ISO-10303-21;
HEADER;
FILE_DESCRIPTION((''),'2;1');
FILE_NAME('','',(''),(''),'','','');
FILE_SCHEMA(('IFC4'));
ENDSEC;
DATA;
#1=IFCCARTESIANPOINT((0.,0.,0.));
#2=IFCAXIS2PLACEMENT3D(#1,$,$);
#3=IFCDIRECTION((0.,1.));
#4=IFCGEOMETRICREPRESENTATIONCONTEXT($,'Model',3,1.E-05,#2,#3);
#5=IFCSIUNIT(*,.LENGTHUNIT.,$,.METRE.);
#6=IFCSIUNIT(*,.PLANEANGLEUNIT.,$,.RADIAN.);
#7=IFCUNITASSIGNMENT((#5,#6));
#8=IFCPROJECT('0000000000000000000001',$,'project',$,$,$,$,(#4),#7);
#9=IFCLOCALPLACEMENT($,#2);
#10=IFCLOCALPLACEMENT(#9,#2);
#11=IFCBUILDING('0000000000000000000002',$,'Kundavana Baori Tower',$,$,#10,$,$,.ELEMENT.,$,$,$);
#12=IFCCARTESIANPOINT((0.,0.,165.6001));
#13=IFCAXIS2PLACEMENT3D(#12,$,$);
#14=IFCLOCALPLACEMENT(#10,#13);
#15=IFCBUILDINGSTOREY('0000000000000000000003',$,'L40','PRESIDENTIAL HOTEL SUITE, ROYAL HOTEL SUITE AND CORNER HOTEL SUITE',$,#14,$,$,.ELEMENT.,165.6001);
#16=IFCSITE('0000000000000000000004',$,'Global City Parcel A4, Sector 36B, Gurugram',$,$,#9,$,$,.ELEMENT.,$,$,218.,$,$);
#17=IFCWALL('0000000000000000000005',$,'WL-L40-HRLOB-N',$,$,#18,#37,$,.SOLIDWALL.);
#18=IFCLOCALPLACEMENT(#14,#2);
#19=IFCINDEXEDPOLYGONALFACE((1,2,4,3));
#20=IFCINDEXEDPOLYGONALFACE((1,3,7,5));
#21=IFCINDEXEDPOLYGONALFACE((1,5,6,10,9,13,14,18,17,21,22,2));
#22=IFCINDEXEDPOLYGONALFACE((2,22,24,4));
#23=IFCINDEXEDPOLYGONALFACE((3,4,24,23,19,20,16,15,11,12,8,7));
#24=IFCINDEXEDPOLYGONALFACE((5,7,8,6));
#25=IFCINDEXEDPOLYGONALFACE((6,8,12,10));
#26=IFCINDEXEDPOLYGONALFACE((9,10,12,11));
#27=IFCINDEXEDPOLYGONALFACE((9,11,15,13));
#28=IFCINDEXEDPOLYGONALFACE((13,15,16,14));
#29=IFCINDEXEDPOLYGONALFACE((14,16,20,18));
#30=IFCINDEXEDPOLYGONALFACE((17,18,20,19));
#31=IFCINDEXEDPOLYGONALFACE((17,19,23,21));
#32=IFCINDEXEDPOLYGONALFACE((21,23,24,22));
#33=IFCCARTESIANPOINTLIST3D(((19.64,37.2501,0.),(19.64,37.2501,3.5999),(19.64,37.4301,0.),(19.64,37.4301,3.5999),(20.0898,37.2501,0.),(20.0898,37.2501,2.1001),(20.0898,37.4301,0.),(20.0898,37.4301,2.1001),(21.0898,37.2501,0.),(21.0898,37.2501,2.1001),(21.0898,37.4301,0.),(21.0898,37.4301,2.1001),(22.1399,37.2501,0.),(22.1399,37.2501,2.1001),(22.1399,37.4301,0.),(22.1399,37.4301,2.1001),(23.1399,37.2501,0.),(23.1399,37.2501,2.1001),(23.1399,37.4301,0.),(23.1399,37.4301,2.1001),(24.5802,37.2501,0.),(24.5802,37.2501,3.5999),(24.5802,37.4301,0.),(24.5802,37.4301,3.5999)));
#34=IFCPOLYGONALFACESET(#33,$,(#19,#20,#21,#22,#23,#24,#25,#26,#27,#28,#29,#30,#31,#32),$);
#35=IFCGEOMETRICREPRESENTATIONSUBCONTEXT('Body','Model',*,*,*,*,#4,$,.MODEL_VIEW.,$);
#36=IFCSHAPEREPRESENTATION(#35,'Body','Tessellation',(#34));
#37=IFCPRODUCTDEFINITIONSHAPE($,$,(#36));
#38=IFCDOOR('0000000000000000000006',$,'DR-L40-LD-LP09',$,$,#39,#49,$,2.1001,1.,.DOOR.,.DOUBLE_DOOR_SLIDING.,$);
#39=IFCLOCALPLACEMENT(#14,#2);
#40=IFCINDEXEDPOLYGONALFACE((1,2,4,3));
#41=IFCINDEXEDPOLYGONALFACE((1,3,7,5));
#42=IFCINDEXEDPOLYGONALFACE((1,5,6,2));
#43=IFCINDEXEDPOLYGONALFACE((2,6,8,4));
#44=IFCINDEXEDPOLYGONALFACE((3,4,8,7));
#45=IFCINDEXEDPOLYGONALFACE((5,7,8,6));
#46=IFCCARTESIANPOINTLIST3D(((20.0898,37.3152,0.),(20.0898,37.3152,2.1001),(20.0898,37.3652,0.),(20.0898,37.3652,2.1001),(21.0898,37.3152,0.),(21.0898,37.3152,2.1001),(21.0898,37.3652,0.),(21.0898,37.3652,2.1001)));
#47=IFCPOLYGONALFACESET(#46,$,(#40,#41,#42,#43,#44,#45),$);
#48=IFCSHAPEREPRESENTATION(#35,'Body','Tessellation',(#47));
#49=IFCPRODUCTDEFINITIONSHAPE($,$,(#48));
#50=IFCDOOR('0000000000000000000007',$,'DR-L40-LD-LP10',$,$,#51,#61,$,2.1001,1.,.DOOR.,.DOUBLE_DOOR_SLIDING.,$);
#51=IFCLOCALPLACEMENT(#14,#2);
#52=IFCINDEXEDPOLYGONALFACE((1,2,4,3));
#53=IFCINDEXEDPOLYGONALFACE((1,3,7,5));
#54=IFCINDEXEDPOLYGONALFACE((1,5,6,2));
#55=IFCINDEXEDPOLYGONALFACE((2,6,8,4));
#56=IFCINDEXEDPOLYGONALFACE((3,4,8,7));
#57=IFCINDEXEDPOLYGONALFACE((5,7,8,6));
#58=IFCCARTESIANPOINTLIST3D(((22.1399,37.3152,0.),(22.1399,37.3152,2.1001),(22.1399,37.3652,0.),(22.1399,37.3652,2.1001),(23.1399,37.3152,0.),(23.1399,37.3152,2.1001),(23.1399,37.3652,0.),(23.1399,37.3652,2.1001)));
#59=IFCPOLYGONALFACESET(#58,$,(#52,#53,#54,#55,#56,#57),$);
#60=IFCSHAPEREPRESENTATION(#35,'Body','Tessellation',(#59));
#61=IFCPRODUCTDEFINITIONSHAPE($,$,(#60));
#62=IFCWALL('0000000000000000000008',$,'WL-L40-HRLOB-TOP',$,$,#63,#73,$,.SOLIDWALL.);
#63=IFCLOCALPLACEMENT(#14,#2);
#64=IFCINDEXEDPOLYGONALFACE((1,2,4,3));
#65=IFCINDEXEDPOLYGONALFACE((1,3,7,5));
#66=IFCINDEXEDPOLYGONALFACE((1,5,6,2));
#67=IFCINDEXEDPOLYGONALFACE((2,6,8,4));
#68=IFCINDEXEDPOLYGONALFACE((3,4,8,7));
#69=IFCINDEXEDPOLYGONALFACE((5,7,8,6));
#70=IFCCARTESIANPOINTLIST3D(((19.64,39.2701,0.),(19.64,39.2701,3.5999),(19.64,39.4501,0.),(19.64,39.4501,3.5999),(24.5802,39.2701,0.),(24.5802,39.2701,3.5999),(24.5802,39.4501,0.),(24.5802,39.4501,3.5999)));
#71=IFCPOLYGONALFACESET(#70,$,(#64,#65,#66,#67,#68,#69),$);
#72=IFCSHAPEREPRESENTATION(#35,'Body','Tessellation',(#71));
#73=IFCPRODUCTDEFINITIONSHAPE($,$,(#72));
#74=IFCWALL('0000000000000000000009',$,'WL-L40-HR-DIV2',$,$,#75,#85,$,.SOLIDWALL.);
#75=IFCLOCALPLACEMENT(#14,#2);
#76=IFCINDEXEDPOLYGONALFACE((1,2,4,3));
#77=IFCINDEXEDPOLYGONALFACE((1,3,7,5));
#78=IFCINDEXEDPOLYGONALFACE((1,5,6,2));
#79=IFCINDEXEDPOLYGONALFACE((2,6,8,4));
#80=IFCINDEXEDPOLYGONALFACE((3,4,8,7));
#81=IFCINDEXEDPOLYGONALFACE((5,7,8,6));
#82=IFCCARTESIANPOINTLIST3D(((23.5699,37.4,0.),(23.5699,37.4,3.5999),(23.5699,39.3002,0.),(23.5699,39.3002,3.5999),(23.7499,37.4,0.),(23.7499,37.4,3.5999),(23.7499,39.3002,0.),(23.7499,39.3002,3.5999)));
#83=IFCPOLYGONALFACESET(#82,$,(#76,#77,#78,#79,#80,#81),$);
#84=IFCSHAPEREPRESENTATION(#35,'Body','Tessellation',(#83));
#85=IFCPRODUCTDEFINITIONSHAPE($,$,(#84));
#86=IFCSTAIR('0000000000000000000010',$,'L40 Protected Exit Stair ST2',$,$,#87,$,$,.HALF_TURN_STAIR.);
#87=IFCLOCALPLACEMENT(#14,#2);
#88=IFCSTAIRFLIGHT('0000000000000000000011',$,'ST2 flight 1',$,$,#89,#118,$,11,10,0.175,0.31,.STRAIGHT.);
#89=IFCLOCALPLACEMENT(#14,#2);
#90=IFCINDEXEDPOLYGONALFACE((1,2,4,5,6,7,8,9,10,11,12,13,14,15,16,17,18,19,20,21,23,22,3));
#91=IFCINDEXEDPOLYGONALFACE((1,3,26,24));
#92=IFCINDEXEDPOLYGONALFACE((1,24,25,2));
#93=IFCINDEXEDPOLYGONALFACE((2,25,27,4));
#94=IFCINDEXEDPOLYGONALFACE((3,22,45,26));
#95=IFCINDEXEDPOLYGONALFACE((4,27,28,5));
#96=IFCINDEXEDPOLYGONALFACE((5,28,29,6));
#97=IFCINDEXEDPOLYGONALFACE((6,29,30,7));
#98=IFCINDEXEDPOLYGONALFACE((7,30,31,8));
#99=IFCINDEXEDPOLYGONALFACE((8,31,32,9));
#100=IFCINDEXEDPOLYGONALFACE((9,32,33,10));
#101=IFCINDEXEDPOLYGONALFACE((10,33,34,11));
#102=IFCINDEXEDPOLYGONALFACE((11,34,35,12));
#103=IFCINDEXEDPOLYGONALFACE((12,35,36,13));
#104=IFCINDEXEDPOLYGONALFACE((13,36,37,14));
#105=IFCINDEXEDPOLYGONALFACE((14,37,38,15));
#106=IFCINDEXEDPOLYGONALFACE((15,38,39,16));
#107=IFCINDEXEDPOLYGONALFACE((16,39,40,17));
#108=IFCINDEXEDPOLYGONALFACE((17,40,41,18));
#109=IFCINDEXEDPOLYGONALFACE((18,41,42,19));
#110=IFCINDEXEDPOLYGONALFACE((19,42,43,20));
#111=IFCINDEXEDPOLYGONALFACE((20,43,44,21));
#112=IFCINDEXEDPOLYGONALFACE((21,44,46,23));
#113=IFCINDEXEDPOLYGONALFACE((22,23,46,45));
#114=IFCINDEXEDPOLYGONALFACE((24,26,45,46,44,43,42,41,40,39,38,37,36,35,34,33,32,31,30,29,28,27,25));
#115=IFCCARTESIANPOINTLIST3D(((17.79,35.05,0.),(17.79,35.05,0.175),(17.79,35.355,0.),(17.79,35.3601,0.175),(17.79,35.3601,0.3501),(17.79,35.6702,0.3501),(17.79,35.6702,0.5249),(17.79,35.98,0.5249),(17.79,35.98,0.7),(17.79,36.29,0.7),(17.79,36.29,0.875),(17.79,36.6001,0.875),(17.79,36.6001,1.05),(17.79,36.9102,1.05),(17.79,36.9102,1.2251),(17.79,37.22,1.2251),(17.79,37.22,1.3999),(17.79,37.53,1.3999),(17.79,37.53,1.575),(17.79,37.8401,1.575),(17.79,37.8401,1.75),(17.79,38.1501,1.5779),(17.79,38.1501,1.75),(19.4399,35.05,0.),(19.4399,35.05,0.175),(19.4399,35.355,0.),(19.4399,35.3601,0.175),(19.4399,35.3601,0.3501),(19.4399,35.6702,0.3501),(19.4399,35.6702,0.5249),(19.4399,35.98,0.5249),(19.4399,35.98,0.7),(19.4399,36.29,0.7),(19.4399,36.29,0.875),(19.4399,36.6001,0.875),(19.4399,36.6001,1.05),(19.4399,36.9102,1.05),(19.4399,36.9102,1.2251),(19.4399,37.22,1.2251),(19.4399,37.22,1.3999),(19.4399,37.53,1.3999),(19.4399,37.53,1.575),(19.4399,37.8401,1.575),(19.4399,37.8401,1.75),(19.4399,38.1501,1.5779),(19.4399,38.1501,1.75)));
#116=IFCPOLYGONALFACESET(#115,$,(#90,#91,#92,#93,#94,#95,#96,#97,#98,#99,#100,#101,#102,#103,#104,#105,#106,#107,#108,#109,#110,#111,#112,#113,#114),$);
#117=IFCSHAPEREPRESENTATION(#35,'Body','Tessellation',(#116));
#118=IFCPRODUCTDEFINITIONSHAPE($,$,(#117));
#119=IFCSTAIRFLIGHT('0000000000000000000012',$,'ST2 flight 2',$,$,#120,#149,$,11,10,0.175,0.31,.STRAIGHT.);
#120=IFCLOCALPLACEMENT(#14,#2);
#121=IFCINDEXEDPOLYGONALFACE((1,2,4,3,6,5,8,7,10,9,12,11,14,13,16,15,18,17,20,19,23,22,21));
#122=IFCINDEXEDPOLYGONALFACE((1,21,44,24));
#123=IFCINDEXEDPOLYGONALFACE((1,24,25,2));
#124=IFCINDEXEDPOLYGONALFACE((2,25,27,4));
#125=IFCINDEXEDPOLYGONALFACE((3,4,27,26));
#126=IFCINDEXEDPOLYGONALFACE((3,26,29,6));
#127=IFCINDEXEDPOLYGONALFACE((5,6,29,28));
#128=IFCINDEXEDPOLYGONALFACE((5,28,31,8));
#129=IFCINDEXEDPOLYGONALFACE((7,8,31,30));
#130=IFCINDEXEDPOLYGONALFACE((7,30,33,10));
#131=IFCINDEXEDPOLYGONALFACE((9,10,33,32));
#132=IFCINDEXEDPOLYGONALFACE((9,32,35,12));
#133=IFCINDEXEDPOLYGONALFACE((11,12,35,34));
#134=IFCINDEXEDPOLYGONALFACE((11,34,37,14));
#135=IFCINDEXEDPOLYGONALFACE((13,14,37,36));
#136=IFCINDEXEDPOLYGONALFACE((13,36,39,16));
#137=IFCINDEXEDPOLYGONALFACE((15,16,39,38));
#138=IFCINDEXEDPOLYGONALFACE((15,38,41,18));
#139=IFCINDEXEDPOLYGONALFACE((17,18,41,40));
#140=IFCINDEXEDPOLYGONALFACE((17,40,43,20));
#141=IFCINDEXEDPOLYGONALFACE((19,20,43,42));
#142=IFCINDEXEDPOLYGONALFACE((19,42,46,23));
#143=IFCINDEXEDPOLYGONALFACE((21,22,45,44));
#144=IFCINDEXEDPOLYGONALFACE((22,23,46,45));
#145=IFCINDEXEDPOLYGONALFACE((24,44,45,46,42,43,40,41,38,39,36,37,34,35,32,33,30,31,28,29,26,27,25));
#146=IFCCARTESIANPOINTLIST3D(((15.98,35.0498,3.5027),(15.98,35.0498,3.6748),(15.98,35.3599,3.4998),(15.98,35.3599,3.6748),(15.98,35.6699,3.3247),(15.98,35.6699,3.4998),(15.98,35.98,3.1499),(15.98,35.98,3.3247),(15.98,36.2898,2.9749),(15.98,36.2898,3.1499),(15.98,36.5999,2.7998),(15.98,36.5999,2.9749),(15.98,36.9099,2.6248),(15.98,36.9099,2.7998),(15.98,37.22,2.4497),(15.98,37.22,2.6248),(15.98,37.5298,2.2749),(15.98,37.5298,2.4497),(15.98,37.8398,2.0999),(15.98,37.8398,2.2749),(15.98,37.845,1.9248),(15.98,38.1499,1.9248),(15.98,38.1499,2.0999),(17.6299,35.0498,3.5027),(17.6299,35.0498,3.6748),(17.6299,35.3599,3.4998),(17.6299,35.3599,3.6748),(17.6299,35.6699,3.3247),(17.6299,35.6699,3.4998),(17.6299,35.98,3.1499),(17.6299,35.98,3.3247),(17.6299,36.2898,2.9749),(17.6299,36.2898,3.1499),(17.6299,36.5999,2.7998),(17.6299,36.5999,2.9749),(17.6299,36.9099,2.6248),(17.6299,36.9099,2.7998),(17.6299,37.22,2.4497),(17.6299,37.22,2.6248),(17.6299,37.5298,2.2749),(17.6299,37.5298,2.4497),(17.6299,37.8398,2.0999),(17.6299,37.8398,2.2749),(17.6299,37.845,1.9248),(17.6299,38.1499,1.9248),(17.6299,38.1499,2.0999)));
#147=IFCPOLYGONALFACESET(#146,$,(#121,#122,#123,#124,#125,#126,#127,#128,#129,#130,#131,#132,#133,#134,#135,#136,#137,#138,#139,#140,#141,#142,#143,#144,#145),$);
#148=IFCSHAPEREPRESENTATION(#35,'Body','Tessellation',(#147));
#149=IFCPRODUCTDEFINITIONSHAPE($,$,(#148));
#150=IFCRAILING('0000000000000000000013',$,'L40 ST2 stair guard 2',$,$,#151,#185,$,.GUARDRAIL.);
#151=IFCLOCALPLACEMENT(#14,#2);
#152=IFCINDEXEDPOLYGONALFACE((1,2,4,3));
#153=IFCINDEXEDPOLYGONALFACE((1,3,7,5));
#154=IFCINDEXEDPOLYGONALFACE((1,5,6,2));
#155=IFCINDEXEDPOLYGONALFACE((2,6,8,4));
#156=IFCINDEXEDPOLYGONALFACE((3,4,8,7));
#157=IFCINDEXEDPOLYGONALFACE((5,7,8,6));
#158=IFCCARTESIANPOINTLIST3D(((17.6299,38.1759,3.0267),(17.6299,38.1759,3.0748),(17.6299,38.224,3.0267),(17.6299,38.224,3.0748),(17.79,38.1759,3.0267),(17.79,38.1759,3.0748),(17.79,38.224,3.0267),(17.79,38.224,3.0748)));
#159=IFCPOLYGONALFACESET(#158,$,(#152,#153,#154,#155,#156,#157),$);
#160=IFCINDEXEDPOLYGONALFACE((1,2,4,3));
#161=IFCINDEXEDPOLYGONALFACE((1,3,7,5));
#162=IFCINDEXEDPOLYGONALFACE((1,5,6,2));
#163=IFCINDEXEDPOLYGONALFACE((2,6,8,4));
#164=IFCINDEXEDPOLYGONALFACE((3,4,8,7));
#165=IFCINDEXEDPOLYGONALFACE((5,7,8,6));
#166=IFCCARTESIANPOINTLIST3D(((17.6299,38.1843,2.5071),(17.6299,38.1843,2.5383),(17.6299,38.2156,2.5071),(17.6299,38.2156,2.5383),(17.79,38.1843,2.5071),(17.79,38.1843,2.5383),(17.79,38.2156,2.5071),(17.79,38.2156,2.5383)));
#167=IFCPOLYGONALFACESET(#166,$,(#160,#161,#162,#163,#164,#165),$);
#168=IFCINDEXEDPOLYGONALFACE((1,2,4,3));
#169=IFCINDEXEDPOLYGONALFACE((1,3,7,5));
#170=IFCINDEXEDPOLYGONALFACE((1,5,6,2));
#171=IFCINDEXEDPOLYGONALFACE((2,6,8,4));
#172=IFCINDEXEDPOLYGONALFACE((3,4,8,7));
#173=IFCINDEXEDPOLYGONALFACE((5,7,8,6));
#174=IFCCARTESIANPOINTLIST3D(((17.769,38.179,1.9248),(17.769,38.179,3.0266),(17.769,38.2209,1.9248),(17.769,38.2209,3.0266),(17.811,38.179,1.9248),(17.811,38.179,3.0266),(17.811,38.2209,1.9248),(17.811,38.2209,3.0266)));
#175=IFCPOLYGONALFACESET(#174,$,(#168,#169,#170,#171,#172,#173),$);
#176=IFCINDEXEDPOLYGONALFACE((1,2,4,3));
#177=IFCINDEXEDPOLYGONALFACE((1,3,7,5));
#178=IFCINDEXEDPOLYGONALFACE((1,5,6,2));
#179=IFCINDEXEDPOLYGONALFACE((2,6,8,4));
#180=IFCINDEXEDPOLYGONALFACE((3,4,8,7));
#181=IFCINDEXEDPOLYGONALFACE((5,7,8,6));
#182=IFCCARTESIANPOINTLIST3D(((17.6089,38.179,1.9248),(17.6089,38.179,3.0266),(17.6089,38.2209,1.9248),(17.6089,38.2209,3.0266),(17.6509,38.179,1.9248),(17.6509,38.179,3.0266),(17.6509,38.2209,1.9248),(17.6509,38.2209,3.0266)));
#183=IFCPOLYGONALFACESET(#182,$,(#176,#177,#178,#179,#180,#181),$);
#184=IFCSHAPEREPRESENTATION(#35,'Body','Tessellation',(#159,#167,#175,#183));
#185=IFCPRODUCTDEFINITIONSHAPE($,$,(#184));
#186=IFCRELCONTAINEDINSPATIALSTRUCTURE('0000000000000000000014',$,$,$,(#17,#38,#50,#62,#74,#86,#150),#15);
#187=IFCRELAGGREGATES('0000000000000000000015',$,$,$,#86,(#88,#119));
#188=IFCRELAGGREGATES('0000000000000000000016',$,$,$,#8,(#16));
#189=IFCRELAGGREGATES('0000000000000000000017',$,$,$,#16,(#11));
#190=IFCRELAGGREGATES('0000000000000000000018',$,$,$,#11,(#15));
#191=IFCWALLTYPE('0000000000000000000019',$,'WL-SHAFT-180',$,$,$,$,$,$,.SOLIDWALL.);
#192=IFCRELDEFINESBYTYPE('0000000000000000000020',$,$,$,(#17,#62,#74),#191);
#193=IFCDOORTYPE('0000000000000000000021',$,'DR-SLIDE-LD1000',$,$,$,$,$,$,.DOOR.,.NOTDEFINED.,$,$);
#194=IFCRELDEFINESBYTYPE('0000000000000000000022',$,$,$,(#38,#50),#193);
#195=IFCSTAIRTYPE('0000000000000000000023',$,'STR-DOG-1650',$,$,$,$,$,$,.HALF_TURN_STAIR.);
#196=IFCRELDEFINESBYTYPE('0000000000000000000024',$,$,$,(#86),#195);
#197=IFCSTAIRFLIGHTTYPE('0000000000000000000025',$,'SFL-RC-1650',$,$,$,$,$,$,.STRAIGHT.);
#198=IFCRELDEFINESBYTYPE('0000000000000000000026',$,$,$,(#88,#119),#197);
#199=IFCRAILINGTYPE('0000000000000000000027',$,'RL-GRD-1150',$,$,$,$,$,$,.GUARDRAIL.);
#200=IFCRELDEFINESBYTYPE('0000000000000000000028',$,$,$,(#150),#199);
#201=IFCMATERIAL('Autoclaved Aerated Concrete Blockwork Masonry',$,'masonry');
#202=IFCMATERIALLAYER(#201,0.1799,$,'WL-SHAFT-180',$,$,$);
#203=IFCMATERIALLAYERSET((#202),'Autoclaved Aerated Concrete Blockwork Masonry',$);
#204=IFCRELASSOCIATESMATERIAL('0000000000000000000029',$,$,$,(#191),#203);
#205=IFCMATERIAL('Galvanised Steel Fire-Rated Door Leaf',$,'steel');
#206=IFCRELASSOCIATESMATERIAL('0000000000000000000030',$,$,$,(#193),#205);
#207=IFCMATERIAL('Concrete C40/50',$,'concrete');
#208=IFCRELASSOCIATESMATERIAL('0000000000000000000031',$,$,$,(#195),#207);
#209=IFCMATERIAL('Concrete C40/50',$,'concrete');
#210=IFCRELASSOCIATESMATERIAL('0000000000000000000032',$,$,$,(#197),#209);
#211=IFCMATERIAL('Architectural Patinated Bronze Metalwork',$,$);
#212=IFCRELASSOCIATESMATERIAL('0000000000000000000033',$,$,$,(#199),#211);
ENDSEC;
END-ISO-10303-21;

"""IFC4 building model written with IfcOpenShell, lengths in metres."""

from ifc_helpers import new_model, si_unit, direction, frame, frame_2d, origin, origin_2d, place, context, subcontext, project, spatial, polyline, rectangle, outline, extrude, material, layer, layer_set, type_object, element, fill, aggregate, save


model = new_model("IFC4")

# Units and contexts
model_context = context("Model", 3, precision=1e-05, world=origin(), true_north=direction((0.0, 1.0)))
body_context = subcontext(model_context, "Body", "Model", "MODEL_VIEW")
ifc_project = project(units=[si_unit("LENGTHUNIT", "METRE"), si_unit("PLANEANGLEUNIT", "RADIAN")], contexts=[model_context])

# Site, building, storey
site_placement = place(None, origin())
site = spatial("IfcSite", under=ifc_project, at=site_placement, Name="Global City Parcel A4, Sector 36B, Gurugram", CompositionType="ELEMENT", RefElevation=218.0)
building_placement = place(site_placement, origin())
building = spatial("IfcBuilding", under=site, at=building_placement, Name="Kundavana Baori Tower", CompositionType="ELEMENT")
storey_placement = place(building_placement, frame((0.0, 0.0, 165.6001)))
storey = spatial("IfcBuildingStorey", under=building, at=storey_placement, Name="L40", Description="PRESIDENTIAL HOTEL SUITE, ROYAL HOTEL SUITE AND CORNER HOTEL SUITE", CompositionType="ELEMENT", Elevation=165.6001)

# Shared definitions
ifc_material_1 = material(Name="Autoclaved Aerated Concrete Blockwork Masonry", Category="masonry")
ifc_layer_1 = layer(ifc_material_1, 0.1799, Name="WL-SHAFT-180")
ifc_layer_set_1 = layer_set([ifc_layer_1], Name="Autoclaved Aerated Concrete Blockwork Masonry")
wall_type_1 = type_object("IfcWallType", Name="WL-SHAFT-180", PredefinedType="SOLIDWALL", material=ifc_layer_set_1)
ifc_material_2 = material(Name="Galvanised Steel Fire-Rated Door Leaf", Category="steel")
door_type_1 = type_object("IfcDoorType", Name="DR-SLIDE-LD1000", OperationType="NOTDEFINED", PredefinedType="DOOR", material=ifc_material_2)

# Wall, openings, doors
wall_1_placement = place(storey_placement, frame((19.6399, 37.3401, 0.0), z_axis=(0.0, 0.0, 1.0), x_axis=(1.0, 0.0, 0.0)))
wall_1 = element("IfcWall", 1, at=wall_1_placement, inside=storey, type_object=wall_type_1, Name="WL-L40-HRLOB-N", PredefinedType="SOLIDWALL", context=body_context, shape_type="SweptSolid", body=[
    extrude(rectangle(XDim=4.9402, YDim=0.1799, at=frame_2d((2.4702, 0.0))), origin(), (0.0, 0.0, 1.0), 3.5999),
])
opening_1_placement = place(wall_1_placement, frame((0.45, 0.0, 0.0)))
opening_1 = element("IfcOpeningElement", 2, at=opening_1_placement, cuts=wall_1, PredefinedType="OPENING", context=body_context, shape_type="SweptSolid", body=[
    extrude(rectangle(XDim=1.0, YDim=2.1001, at=frame_2d((0.5, 1.05))), frame((0.0, 0.1001, 0.0), z_axis=(0.0, -1.0, 0.0), x_axis=(1.0, 0.0, 0.0)), (0.0, 0.0, 1.0), 0.2),
])
opening_2_placement = place(wall_1_placement, frame((2.5, 0.0, 0.0)))
opening_2 = element("IfcOpeningElement", 3, at=opening_2_placement, cuts=wall_1, PredefinedType="OPENING", context=body_context, shape_type="SweptSolid", body=[
    extrude(rectangle(XDim=1.0, YDim=2.1001, at=frame_2d((0.5, 1.05))), frame((0.0, 0.1001, 0.0), z_axis=(0.0, -1.0, 0.0), x_axis=(1.0, 0.0, 0.0)), (0.0, 0.0, 1.0), 0.2),
])
door_1_placement = place(opening_1_placement, frame((1.0, 0.0, 0.0), z_axis=(0.0, 0.0, 1.0), x_axis=(-1.0, 0.0, 0.0)))
door_1 = element("IfcDoor", 4, at=door_1_placement, inside=storey, type_object=door_type_1, Name="DR-L40-LD-LP09", OperationType="DOUBLE_DOOR_SLIDING", OverallHeight=2.1001, OverallWidth=1.0, PredefinedType="DOOR", context=body_context, shape_type="SweptSolid", body=[
    extrude(rectangle(XDim=1.0, YDim=2.1001, at=frame_2d((0.5, 1.05))), frame((0.0, 0.0249, 0.0), z_axis=(0.0, -1.0, 0.0), x_axis=(1.0, 0.0, 0.0)), (0.0, 0.0, 1.0), 0.05),
])
fill(opening_1, door_1)
door_2_placement = place(opening_2_placement, frame((1.0, 0.0, 0.0), z_axis=(0.0, 0.0, 1.0), x_axis=(-1.0, 0.0, 0.0)))
door_2 = element("IfcDoor", 5, at=door_2_placement, inside=storey, type_object=door_type_1, Name="DR-L40-LD-LP10", OperationType="DOUBLE_DOOR_SLIDING", OverallHeight=2.1001, OverallWidth=1.0, PredefinedType="DOOR", context=body_context, shape_type="SweptSolid", body=[
    extrude(rectangle(XDim=1.0, YDim=2.1001, at=frame_2d((0.5, 1.05))), frame((0.0, 0.0249, 0.0), z_axis=(0.0, -1.0, 0.0), x_axis=(1.0, 0.0, 0.0)), (0.0, 0.0, 1.0), 0.05),
])
fill(opening_2, door_2)

# Walls
wall_2_placement = place(storey_placement, frame((19.6399, 39.3601, 0.0), z_axis=(0.0, 0.0, 1.0), x_axis=(1.0, 0.0, 0.0)))
element("IfcWall", 6, at=wall_2_placement, inside=storey, type_object=wall_type_1, Name="WL-L40-HRLOB-TOP", PredefinedType="SOLIDWALL", context=body_context, shape_type="SweptSolid", body=[
    extrude(rectangle(XDim=4.9402, YDim=0.1799, at=frame_2d((2.4702, 0.0))), origin(), (0.0, 0.0, 1.0), 3.5999),
])
wall_3_placement = place(storey_placement, frame((23.6599, 37.3999, 0.0), z_axis=(0.0, 0.0, 1.0), x_axis=(0.0, 1.0, 0.0)))
element("IfcWall", 7, at=wall_3_placement, inside=storey, type_object=wall_type_1, Name="WL-L40-HR-DIV2", PredefinedType="SOLIDWALL", context=body_context, shape_type="SweptSolid", body=[
    extrude(rectangle(XDim=1.9001, YDim=0.1799, at=frame_2d((0.9502, 0.0))), origin(), (0.0, 0.0, 1.0), 3.5999),
])

# Stair, stair flights
ifc_material_3 = material(Name="Concrete C40/50", Category="concrete")
stair_type = type_object("IfcStairType", Name="STR-DOG-1650", PredefinedType="HALF_TURN_STAIR", material=ifc_material_3)
stair_placement = place(storey_placement, origin())
stair = element("IfcStair", 8, at=stair_placement, inside=storey, type_object=stair_type, Name="L40 Protected Exit Stair ST2", PredefinedType="HALF_TURN_STAIR")
ifc_material_4 = material(Name="Concrete C40/50", Category="concrete")
stair_flight_type = type_object("IfcStairFlightType", Name="SFL-RC-1650", PredefinedType="STRAIGHT", material=ifc_material_4)
stair_flight_1_placement = place(storey_placement, frame((18.615, 35.05, 0.0), z_axis=(0.0, 0.0, 1.0), x_axis=(0.0, 1.0, 0.0)))
stair_flight_1 = element("IfcStairFlight", 9, at=stair_flight_1_placement, type_object=stair_flight_type, Name="ST2 flight 1", NumberOfRisers=11, NumberOfTreads=10, PredefinedType="STRAIGHT", RiserHeight=0.175, TreadLength=0.31, context=body_context, shape_type="SweptSolid", body=[
    extrude(outline(polyline([(0.0, 0.0), (0.0, 0.175), (0.3101, 0.175), (0.3101, 0.3501), (0.6201, 0.3501), (0.6201, 0.5249), (0.9299, 0.5249), (0.9299, 0.7), (1.24, 0.7), (1.24, 0.875), (1.55, 0.875), (1.55, 1.05), (1.8601, 1.05), (1.8601, 1.2251), (2.1699, 1.2251), (2.1699, 1.3999), (2.48, 1.3999), (2.48, 1.575), (2.79, 1.575), (2.79, 1.75), (3.1001, 1.75), (3.1001, 1.925), (3.1001, 1.5779), (0.3049, 0.0), (0.0, 0.0)])), frame((0.0, 0.825, 0.0), z_axis=(0.0, -1.0, 0.0), x_axis=(1.0, 0.0, 0.0)), (0.0, 0.0, 1.0), 1.6499),
])
stair_flight_2_placement = place(storey_placement, frame((16.8049, 38.1499, 1.9248), z_axis=(0.0, 0.0, 1.0), x_axis=(0.0, -1.0, 0.0)))
stair_flight_2 = element("IfcStairFlight", 10, at=stair_flight_2_placement, type_object=stair_flight_type, Name="ST2 flight 2", NumberOfRisers=11, NumberOfTreads=10, PredefinedType="STRAIGHT", RiserHeight=0.175, TreadLength=0.31, context=body_context, shape_type="SweptSolid", body=[
    extrude(outline(polyline([(0.0, 0.0), (0.0, 0.175), (0.3101, 0.175), (0.3101, 0.3501), (0.6201, 0.3501), (0.6201, 0.5249), (0.9299, 0.5249), (0.9299, 0.7), (1.24, 0.7), (1.24, 0.875), (1.55, 0.875), (1.55, 1.05), (1.8601, 1.05), (1.8601, 1.2251), (2.1699, 1.2251), (2.1699, 1.3999), (2.48, 1.3999), (2.48, 1.575), (2.79, 1.575), (2.79, 1.75), (3.1001, 1.75), (3.1001, 1.925), (3.1001, 1.5779), (0.3049, 0.0), (0.0, 0.0)])), frame((0.0, 0.825, 0.0), z_axis=(0.0, -1.0, 0.0), x_axis=(1.0, 0.0, 0.0)), (0.0, 0.0, 1.0), 1.6499),
])
aggregate(stair, [stair_flight_1, stair_flight_2])

# Railing
ifc_material_5 = material(Name="Architectural Patinated Bronze Metalwork")
railing_type_1 = type_object("IfcRailingType", Name="RL-GRD-1150", PredefinedType="GUARDRAIL", material=ifc_material_5)
railing_1_placement = place(storey_placement, frame((17.79, 38.2, 1.9248)))
element("IfcRailing", 11, at=railing_1_placement, inside=storey, type_object=railing_type_1, Name="L40 ST2 stair guard 2", PredefinedType="GUARDRAIL", context=body_context, shape_type="SweptSolid", body=[
    extrude(rectangle(XDim=0.0481, YDim=0.0481, at=origin_2d()), frame((0.0, 0.0, 1.126), z_axis=(-1.0, 0.0, 0.0), x_axis=(0.0, -1.0, 0.0)), (0.0, 0.0, 1.0), 0.1602),
    extrude(rectangle(XDim=0.0312, YDim=0.0312, at=origin_2d()), frame((0.0, 0.0, 0.5979), z_axis=(-1.0, 0.0, 0.0), x_axis=(0.0, -1.0, 0.0)), (0.0, 0.0, 1.0), 0.1602),
    extrude(rectangle(XDim=0.042, YDim=0.042, at=origin_2d()), origin(), (0.0, 0.0, 1.0), 1.1018),
    extrude(rectangle(XDim=0.042, YDim=0.042, at=origin_2d()), frame((-0.1602, 0.0, 0.0)), (0.0, 0.0, 1.0), 1.1018),
])

save(model, "model.ifc")
